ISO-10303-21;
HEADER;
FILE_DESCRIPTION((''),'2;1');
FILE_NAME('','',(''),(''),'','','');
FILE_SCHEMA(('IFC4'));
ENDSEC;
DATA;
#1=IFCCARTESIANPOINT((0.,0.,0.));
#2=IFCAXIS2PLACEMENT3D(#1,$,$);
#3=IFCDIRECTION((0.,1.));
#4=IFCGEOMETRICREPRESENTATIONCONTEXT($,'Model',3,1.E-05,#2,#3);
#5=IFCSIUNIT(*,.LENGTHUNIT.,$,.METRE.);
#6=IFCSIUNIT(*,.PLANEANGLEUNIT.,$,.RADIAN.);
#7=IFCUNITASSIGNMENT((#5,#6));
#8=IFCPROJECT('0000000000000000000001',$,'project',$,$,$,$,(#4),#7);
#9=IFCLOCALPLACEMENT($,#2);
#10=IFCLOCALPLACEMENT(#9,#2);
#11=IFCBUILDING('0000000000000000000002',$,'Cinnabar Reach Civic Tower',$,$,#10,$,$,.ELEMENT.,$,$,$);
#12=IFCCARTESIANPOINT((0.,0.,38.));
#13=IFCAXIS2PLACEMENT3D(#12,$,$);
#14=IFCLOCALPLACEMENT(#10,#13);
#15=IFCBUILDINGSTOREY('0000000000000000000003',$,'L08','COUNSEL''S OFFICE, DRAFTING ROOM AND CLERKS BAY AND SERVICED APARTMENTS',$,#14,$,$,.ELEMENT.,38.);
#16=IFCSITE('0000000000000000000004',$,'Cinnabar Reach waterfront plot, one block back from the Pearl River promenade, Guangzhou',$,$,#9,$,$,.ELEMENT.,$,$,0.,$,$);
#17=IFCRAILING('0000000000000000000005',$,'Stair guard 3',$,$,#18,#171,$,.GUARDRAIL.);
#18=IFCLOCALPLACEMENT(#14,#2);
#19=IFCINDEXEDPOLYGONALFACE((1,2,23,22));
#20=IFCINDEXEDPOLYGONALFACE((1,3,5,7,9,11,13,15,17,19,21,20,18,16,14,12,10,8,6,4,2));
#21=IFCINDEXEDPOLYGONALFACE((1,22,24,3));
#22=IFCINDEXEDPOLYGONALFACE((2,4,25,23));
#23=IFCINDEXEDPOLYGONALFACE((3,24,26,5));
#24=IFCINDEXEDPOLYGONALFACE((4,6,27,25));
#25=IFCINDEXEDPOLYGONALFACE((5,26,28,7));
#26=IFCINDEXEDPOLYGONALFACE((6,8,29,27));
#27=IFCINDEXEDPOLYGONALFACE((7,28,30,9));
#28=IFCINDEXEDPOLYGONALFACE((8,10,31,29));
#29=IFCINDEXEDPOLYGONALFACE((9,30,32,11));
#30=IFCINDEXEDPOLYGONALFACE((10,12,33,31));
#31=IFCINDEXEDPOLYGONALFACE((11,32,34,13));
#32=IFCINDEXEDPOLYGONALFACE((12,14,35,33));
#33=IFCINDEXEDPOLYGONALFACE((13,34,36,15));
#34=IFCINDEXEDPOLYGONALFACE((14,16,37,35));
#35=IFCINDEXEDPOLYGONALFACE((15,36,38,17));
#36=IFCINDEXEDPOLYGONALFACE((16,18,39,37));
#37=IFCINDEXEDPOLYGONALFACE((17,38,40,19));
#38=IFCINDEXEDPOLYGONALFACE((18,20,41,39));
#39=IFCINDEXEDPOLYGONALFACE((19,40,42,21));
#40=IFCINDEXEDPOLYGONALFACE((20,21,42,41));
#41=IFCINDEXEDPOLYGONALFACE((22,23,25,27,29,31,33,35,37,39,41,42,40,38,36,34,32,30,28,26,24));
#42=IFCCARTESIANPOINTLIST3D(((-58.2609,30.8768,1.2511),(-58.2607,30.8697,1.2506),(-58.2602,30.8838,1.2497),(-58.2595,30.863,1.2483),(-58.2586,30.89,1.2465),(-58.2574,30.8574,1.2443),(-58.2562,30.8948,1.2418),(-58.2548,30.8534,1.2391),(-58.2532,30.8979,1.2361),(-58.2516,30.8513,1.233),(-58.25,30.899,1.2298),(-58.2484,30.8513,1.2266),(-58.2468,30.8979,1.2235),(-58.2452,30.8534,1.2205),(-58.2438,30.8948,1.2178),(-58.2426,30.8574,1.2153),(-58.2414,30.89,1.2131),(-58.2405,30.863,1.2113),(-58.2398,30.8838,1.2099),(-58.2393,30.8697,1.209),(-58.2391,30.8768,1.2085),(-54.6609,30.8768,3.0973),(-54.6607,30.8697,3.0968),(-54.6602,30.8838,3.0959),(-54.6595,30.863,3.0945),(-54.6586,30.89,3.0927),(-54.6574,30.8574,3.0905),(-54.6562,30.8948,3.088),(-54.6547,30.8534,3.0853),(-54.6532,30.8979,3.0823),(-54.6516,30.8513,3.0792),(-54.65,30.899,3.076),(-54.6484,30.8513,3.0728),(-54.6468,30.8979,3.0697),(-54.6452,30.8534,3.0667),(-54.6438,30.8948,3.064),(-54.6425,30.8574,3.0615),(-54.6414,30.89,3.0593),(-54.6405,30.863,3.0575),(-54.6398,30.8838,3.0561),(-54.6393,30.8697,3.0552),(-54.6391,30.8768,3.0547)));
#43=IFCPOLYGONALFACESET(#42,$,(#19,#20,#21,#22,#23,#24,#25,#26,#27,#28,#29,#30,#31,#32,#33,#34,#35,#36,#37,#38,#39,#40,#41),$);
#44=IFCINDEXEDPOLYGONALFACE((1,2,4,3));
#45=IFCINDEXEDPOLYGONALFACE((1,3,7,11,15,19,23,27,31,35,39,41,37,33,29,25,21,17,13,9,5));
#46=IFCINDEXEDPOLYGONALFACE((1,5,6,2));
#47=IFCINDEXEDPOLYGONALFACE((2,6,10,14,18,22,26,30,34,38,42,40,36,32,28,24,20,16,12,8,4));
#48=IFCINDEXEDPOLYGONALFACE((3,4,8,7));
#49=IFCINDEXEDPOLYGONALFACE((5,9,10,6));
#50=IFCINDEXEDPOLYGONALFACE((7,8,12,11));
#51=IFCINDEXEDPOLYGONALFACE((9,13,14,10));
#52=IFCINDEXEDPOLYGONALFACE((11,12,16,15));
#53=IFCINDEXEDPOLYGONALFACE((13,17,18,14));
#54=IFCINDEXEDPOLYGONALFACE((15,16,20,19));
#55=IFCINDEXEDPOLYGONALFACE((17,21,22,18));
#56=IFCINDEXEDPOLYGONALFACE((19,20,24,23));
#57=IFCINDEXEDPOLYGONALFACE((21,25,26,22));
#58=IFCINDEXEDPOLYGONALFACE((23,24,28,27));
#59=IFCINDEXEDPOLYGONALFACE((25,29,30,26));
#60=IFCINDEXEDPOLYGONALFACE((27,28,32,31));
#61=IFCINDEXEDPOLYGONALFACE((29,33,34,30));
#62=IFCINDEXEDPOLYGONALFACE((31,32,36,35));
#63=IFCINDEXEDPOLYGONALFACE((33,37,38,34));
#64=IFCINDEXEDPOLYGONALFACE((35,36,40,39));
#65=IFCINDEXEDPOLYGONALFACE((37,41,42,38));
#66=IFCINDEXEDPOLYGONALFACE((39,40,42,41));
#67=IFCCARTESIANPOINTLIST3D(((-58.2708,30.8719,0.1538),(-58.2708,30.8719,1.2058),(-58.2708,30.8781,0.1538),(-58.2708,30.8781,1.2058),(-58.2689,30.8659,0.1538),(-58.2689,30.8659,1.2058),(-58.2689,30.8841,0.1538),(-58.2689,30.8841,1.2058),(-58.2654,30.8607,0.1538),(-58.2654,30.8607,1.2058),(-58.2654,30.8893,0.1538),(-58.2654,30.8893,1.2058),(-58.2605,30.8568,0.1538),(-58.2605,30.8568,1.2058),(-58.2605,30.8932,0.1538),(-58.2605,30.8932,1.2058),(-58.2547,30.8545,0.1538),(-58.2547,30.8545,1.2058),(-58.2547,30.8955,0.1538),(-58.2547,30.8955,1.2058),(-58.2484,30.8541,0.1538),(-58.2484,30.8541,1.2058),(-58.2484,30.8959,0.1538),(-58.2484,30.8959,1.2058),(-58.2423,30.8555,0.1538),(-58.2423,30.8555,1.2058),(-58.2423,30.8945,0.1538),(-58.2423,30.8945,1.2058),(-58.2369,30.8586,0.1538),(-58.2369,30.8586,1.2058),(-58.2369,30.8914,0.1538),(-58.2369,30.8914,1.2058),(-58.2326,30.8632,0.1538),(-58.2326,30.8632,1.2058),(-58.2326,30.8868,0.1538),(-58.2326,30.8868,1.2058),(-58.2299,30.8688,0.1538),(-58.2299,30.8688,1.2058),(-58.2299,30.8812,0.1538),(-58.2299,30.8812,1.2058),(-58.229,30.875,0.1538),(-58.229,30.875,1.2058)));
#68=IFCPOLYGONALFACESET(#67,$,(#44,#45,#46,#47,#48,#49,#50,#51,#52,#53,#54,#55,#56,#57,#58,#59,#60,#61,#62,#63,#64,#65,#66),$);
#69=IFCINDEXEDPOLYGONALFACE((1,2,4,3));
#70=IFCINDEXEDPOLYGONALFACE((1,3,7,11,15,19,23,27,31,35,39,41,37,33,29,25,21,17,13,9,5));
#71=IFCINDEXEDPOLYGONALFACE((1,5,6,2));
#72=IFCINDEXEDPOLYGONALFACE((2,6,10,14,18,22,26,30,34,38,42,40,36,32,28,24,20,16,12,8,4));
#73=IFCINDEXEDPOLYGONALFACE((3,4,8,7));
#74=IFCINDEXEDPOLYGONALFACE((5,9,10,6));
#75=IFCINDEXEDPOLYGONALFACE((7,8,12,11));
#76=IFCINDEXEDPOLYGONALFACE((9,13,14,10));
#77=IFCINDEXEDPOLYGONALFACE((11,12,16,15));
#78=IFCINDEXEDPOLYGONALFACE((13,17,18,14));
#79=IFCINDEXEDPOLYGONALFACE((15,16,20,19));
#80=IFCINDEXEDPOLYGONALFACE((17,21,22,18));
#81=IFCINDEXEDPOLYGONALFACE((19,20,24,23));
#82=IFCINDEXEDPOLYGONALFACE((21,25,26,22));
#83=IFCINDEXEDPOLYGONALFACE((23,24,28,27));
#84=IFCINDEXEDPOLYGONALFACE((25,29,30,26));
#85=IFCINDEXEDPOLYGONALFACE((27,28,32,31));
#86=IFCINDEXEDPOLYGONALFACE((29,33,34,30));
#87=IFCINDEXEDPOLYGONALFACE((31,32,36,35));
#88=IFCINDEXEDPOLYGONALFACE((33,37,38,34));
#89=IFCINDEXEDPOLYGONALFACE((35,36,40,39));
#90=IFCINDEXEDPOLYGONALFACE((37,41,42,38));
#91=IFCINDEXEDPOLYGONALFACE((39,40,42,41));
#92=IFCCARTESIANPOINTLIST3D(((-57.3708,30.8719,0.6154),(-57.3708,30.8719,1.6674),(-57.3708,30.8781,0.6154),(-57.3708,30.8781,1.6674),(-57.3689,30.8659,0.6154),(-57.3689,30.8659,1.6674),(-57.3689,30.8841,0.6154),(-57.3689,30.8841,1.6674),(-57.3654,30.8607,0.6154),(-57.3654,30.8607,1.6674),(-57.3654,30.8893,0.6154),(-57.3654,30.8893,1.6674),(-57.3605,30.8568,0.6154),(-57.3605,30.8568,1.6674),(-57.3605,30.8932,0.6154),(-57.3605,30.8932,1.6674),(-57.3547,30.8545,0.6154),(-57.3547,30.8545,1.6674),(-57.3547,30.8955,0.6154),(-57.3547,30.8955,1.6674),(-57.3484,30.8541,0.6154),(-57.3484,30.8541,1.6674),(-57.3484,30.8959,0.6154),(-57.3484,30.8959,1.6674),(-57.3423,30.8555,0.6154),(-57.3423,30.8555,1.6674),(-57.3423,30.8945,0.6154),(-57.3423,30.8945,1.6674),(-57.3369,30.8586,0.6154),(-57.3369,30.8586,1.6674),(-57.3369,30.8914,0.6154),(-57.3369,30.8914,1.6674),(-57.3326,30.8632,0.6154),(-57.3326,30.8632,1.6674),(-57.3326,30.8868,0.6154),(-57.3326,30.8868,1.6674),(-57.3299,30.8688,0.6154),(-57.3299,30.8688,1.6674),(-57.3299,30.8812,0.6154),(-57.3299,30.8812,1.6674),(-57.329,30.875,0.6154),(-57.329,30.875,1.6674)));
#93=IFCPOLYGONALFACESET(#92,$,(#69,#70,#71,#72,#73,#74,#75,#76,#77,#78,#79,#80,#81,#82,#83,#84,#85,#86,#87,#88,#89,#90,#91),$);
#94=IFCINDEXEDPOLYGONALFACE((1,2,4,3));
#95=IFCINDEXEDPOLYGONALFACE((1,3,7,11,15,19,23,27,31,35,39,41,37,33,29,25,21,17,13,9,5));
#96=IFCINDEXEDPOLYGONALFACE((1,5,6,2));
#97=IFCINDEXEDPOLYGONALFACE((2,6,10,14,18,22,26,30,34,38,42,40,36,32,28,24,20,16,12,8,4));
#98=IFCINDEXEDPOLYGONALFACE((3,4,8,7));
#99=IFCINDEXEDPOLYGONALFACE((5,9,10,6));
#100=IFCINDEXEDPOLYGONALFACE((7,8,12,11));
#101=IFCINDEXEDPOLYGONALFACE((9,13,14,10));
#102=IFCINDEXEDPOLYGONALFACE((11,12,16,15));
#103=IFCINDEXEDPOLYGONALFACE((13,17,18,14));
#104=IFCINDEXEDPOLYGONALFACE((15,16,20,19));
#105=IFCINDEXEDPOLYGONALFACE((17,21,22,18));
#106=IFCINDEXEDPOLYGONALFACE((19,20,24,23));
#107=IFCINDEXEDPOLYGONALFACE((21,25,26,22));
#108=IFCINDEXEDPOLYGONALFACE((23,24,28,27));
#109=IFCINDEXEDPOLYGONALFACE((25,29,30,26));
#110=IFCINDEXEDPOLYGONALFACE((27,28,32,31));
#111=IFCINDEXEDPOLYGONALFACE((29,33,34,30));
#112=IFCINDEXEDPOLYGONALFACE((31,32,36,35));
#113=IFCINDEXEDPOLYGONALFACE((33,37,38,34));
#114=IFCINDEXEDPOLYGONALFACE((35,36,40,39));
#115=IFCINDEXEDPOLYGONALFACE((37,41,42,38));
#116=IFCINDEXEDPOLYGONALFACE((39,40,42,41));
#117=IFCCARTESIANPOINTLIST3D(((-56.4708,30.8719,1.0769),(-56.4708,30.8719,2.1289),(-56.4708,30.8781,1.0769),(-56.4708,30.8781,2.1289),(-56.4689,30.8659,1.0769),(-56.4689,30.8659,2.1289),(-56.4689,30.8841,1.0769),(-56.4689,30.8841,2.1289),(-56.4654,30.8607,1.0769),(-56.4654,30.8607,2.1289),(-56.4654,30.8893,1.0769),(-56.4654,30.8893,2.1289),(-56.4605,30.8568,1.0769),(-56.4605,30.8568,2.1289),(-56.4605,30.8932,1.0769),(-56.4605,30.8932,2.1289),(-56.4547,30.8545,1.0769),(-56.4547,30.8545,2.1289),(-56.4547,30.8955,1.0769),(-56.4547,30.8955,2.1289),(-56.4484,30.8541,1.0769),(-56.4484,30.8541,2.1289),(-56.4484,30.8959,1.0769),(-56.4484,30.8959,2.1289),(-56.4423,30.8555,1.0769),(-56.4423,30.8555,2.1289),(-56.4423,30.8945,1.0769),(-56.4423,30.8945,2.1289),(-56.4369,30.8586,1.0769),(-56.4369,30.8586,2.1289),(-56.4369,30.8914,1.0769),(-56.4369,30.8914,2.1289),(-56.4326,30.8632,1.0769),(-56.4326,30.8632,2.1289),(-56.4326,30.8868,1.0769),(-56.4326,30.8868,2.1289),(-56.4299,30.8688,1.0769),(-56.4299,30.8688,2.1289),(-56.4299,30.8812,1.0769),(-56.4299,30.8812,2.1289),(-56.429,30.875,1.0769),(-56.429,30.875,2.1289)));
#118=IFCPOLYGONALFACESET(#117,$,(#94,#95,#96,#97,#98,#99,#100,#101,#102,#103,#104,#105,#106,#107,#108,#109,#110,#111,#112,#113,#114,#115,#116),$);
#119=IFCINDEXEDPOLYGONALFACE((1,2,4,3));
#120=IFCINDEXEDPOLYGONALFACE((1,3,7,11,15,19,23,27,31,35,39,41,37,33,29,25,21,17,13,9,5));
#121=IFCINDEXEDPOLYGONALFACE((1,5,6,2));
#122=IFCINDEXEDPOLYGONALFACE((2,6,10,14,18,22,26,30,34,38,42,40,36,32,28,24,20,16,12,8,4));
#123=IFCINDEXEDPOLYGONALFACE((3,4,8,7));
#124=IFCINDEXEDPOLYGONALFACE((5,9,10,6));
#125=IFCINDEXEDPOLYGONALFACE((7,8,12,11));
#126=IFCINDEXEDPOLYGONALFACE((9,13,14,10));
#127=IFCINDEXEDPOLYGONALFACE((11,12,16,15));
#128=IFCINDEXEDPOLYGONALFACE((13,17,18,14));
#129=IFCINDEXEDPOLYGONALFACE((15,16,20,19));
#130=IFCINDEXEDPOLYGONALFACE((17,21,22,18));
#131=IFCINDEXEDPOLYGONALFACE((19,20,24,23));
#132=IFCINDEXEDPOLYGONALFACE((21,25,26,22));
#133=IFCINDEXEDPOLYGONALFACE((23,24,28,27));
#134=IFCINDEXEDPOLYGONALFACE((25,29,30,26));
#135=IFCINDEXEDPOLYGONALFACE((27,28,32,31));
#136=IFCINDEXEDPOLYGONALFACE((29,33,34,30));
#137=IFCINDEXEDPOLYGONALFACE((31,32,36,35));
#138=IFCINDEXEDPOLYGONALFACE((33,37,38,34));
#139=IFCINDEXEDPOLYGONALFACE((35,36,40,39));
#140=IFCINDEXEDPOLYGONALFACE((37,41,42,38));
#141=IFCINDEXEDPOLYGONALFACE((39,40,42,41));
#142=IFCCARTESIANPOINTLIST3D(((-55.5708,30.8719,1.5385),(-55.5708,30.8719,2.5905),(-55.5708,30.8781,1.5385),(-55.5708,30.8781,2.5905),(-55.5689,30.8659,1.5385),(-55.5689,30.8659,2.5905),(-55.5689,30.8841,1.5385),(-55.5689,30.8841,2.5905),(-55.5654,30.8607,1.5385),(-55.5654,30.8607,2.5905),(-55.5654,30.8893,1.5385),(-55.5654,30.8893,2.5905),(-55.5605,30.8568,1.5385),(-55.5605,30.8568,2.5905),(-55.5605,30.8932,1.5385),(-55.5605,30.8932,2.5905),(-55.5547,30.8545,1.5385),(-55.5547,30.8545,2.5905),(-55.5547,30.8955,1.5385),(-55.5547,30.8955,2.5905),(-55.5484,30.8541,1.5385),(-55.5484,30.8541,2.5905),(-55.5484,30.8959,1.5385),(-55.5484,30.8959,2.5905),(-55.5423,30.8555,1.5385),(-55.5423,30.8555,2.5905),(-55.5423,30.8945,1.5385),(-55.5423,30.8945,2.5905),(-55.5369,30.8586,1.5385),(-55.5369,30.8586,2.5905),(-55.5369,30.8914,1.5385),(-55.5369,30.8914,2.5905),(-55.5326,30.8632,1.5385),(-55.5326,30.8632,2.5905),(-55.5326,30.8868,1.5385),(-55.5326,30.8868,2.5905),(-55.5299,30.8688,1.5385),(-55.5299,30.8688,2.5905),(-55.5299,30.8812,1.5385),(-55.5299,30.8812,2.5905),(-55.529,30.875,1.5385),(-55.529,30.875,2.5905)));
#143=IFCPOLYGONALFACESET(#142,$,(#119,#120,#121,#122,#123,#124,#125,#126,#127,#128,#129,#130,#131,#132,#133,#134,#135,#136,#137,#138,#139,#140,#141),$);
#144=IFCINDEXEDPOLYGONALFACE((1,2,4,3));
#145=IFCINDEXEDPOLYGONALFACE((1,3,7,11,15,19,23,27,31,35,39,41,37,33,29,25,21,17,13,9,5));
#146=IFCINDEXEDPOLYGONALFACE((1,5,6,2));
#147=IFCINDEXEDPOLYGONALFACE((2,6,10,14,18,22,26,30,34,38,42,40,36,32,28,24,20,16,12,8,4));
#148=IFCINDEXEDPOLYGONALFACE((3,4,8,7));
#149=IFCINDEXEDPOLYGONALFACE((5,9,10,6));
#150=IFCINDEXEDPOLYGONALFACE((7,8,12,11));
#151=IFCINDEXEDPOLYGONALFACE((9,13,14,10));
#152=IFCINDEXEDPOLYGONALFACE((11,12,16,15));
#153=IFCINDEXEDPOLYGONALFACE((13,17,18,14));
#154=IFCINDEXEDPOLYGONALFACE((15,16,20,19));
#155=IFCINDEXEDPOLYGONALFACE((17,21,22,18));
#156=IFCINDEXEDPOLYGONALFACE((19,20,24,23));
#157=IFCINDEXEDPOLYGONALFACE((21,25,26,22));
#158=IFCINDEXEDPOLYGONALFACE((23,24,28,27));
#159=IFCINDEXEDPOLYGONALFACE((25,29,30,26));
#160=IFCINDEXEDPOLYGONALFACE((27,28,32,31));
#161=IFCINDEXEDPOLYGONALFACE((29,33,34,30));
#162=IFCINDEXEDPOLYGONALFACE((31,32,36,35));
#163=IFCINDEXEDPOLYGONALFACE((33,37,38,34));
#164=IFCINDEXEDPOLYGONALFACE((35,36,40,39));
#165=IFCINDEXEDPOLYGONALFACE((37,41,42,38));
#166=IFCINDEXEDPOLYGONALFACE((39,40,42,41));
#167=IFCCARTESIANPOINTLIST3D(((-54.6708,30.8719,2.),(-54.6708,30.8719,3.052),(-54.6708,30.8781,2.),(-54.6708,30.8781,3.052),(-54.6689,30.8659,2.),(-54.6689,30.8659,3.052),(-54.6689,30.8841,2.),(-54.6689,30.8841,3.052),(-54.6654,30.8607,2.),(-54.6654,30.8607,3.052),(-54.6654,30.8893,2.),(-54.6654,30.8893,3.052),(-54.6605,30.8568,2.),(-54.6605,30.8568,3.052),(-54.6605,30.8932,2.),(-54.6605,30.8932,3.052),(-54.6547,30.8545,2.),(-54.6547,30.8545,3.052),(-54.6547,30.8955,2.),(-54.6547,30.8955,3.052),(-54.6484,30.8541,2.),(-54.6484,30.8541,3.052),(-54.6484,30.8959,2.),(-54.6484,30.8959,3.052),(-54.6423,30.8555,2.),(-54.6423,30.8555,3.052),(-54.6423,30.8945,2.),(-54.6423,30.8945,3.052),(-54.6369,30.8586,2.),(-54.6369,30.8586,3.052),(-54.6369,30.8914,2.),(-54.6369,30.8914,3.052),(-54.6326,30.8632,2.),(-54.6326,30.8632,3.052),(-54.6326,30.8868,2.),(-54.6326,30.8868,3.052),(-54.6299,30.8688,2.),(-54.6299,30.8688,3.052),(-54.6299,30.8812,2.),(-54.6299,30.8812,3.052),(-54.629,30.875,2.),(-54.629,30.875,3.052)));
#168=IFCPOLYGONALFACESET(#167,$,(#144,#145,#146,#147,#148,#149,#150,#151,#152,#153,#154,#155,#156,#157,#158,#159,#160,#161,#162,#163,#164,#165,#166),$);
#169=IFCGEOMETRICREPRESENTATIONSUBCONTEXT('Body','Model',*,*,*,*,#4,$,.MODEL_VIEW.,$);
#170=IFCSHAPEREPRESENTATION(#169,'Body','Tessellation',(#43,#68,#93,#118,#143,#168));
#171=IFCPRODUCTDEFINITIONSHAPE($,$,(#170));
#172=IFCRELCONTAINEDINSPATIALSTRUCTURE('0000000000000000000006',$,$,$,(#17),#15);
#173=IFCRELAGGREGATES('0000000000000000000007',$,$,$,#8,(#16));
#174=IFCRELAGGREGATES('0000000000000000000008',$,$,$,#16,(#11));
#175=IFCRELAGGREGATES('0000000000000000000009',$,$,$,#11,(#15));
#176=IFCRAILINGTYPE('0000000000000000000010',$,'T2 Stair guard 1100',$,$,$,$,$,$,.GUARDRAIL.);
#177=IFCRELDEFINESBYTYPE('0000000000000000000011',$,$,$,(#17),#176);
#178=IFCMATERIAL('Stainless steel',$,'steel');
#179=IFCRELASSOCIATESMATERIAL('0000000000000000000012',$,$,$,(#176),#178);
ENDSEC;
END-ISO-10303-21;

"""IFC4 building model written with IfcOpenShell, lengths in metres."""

from ifc_helpers import new_model, si_unit, direction, frame, origin, origin_2d, place, context, subcontext, project, spatial, circle, extrude, material, type_object, element, save


model = new_model("IFC4")

# Units and contexts
model_context = context("Model", 3, precision=1e-05, world=origin(), true_north=direction((0.0, 1.0)))
body_context = subcontext(model_context, "Body", "Model", "MODEL_VIEW")
ifc_project = project(units=[si_unit("LENGTHUNIT", "METRE"), si_unit("PLANEANGLEUNIT", "RADIAN")], contexts=[model_context])

# Site, building, storey
site_placement = place(None, origin())
site = spatial("IfcSite", under=ifc_project, at=site_placement, Name="Cinnabar Reach waterfront plot, one block back from the Pearl River promenade, Guangzhou", CompositionType="ELEMENT", RefElevation=0.0)
building_placement = place(site_placement, origin())
building = spatial("IfcBuilding", under=site, at=building_placement, Name="Cinnabar Reach Civic Tower", CompositionType="ELEMENT")
storey_placement = place(building_placement, frame((0.0, 0.0, 38.0)))
storey = spatial("IfcBuildingStorey", under=building, at=storey_placement, Name="L08", Description="COUNSEL'S OFFICE, DRAFTING ROOM AND CLERKS BAY AND SERVICED APARTMENTS", CompositionType="ELEMENT", Elevation=38.0)

# Railing
ifc_material_1 = material(Name="Stainless steel", Category="steel")
railing_type = type_object("IfcRailingType", Name="T2 Stair guard 1100", PredefinedType="GUARDRAIL", material=ifc_material_1)
railing_1_placement = place(storey_placement, frame((-58.25, 30.875, 0.1538)))
element("IfcRailing", 1, at=railing_1_placement, inside=storey, type_object=railing_type, Name="Stair guard 3", PredefinedType="GUARDRAIL", context=body_context, shape_type="SweptSolid", body=[
    extrude(circle(Radius=0.024, at=origin_2d()), frame((0.0, 0.0, 1.076), z_axis=(0.889813, 0.0, 0.456326), x_axis=(0.0, 1.0, 0.0)), (0.0, 0.0, 1.0), 4.0458),
    extrude(circle(Radius=0.021, at=origin_2d()), origin(), (0.0, 0.0, 1.0), 1.052),
    extrude(circle(Radius=0.021, at=origin_2d()), frame((0.9, 0.0, 0.4616)), (0.0, 0.0, 1.0), 1.052),
    extrude(circle(Radius=0.021, at=origin_2d()), frame((1.8, 0.0, 0.9231)), (0.0, 0.0, 1.0), 1.052),
    extrude(circle(Radius=0.021, at=origin_2d()), frame((2.7, 0.0, 1.3847)), (0.0, 0.0, 1.0), 1.052),
    extrude(circle(Radius=0.021, at=origin_2d()), frame((3.6, 0.0, 1.8462)), (0.0, 0.0, 1.0), 1.052),
])

save(model, "model.ifc")
